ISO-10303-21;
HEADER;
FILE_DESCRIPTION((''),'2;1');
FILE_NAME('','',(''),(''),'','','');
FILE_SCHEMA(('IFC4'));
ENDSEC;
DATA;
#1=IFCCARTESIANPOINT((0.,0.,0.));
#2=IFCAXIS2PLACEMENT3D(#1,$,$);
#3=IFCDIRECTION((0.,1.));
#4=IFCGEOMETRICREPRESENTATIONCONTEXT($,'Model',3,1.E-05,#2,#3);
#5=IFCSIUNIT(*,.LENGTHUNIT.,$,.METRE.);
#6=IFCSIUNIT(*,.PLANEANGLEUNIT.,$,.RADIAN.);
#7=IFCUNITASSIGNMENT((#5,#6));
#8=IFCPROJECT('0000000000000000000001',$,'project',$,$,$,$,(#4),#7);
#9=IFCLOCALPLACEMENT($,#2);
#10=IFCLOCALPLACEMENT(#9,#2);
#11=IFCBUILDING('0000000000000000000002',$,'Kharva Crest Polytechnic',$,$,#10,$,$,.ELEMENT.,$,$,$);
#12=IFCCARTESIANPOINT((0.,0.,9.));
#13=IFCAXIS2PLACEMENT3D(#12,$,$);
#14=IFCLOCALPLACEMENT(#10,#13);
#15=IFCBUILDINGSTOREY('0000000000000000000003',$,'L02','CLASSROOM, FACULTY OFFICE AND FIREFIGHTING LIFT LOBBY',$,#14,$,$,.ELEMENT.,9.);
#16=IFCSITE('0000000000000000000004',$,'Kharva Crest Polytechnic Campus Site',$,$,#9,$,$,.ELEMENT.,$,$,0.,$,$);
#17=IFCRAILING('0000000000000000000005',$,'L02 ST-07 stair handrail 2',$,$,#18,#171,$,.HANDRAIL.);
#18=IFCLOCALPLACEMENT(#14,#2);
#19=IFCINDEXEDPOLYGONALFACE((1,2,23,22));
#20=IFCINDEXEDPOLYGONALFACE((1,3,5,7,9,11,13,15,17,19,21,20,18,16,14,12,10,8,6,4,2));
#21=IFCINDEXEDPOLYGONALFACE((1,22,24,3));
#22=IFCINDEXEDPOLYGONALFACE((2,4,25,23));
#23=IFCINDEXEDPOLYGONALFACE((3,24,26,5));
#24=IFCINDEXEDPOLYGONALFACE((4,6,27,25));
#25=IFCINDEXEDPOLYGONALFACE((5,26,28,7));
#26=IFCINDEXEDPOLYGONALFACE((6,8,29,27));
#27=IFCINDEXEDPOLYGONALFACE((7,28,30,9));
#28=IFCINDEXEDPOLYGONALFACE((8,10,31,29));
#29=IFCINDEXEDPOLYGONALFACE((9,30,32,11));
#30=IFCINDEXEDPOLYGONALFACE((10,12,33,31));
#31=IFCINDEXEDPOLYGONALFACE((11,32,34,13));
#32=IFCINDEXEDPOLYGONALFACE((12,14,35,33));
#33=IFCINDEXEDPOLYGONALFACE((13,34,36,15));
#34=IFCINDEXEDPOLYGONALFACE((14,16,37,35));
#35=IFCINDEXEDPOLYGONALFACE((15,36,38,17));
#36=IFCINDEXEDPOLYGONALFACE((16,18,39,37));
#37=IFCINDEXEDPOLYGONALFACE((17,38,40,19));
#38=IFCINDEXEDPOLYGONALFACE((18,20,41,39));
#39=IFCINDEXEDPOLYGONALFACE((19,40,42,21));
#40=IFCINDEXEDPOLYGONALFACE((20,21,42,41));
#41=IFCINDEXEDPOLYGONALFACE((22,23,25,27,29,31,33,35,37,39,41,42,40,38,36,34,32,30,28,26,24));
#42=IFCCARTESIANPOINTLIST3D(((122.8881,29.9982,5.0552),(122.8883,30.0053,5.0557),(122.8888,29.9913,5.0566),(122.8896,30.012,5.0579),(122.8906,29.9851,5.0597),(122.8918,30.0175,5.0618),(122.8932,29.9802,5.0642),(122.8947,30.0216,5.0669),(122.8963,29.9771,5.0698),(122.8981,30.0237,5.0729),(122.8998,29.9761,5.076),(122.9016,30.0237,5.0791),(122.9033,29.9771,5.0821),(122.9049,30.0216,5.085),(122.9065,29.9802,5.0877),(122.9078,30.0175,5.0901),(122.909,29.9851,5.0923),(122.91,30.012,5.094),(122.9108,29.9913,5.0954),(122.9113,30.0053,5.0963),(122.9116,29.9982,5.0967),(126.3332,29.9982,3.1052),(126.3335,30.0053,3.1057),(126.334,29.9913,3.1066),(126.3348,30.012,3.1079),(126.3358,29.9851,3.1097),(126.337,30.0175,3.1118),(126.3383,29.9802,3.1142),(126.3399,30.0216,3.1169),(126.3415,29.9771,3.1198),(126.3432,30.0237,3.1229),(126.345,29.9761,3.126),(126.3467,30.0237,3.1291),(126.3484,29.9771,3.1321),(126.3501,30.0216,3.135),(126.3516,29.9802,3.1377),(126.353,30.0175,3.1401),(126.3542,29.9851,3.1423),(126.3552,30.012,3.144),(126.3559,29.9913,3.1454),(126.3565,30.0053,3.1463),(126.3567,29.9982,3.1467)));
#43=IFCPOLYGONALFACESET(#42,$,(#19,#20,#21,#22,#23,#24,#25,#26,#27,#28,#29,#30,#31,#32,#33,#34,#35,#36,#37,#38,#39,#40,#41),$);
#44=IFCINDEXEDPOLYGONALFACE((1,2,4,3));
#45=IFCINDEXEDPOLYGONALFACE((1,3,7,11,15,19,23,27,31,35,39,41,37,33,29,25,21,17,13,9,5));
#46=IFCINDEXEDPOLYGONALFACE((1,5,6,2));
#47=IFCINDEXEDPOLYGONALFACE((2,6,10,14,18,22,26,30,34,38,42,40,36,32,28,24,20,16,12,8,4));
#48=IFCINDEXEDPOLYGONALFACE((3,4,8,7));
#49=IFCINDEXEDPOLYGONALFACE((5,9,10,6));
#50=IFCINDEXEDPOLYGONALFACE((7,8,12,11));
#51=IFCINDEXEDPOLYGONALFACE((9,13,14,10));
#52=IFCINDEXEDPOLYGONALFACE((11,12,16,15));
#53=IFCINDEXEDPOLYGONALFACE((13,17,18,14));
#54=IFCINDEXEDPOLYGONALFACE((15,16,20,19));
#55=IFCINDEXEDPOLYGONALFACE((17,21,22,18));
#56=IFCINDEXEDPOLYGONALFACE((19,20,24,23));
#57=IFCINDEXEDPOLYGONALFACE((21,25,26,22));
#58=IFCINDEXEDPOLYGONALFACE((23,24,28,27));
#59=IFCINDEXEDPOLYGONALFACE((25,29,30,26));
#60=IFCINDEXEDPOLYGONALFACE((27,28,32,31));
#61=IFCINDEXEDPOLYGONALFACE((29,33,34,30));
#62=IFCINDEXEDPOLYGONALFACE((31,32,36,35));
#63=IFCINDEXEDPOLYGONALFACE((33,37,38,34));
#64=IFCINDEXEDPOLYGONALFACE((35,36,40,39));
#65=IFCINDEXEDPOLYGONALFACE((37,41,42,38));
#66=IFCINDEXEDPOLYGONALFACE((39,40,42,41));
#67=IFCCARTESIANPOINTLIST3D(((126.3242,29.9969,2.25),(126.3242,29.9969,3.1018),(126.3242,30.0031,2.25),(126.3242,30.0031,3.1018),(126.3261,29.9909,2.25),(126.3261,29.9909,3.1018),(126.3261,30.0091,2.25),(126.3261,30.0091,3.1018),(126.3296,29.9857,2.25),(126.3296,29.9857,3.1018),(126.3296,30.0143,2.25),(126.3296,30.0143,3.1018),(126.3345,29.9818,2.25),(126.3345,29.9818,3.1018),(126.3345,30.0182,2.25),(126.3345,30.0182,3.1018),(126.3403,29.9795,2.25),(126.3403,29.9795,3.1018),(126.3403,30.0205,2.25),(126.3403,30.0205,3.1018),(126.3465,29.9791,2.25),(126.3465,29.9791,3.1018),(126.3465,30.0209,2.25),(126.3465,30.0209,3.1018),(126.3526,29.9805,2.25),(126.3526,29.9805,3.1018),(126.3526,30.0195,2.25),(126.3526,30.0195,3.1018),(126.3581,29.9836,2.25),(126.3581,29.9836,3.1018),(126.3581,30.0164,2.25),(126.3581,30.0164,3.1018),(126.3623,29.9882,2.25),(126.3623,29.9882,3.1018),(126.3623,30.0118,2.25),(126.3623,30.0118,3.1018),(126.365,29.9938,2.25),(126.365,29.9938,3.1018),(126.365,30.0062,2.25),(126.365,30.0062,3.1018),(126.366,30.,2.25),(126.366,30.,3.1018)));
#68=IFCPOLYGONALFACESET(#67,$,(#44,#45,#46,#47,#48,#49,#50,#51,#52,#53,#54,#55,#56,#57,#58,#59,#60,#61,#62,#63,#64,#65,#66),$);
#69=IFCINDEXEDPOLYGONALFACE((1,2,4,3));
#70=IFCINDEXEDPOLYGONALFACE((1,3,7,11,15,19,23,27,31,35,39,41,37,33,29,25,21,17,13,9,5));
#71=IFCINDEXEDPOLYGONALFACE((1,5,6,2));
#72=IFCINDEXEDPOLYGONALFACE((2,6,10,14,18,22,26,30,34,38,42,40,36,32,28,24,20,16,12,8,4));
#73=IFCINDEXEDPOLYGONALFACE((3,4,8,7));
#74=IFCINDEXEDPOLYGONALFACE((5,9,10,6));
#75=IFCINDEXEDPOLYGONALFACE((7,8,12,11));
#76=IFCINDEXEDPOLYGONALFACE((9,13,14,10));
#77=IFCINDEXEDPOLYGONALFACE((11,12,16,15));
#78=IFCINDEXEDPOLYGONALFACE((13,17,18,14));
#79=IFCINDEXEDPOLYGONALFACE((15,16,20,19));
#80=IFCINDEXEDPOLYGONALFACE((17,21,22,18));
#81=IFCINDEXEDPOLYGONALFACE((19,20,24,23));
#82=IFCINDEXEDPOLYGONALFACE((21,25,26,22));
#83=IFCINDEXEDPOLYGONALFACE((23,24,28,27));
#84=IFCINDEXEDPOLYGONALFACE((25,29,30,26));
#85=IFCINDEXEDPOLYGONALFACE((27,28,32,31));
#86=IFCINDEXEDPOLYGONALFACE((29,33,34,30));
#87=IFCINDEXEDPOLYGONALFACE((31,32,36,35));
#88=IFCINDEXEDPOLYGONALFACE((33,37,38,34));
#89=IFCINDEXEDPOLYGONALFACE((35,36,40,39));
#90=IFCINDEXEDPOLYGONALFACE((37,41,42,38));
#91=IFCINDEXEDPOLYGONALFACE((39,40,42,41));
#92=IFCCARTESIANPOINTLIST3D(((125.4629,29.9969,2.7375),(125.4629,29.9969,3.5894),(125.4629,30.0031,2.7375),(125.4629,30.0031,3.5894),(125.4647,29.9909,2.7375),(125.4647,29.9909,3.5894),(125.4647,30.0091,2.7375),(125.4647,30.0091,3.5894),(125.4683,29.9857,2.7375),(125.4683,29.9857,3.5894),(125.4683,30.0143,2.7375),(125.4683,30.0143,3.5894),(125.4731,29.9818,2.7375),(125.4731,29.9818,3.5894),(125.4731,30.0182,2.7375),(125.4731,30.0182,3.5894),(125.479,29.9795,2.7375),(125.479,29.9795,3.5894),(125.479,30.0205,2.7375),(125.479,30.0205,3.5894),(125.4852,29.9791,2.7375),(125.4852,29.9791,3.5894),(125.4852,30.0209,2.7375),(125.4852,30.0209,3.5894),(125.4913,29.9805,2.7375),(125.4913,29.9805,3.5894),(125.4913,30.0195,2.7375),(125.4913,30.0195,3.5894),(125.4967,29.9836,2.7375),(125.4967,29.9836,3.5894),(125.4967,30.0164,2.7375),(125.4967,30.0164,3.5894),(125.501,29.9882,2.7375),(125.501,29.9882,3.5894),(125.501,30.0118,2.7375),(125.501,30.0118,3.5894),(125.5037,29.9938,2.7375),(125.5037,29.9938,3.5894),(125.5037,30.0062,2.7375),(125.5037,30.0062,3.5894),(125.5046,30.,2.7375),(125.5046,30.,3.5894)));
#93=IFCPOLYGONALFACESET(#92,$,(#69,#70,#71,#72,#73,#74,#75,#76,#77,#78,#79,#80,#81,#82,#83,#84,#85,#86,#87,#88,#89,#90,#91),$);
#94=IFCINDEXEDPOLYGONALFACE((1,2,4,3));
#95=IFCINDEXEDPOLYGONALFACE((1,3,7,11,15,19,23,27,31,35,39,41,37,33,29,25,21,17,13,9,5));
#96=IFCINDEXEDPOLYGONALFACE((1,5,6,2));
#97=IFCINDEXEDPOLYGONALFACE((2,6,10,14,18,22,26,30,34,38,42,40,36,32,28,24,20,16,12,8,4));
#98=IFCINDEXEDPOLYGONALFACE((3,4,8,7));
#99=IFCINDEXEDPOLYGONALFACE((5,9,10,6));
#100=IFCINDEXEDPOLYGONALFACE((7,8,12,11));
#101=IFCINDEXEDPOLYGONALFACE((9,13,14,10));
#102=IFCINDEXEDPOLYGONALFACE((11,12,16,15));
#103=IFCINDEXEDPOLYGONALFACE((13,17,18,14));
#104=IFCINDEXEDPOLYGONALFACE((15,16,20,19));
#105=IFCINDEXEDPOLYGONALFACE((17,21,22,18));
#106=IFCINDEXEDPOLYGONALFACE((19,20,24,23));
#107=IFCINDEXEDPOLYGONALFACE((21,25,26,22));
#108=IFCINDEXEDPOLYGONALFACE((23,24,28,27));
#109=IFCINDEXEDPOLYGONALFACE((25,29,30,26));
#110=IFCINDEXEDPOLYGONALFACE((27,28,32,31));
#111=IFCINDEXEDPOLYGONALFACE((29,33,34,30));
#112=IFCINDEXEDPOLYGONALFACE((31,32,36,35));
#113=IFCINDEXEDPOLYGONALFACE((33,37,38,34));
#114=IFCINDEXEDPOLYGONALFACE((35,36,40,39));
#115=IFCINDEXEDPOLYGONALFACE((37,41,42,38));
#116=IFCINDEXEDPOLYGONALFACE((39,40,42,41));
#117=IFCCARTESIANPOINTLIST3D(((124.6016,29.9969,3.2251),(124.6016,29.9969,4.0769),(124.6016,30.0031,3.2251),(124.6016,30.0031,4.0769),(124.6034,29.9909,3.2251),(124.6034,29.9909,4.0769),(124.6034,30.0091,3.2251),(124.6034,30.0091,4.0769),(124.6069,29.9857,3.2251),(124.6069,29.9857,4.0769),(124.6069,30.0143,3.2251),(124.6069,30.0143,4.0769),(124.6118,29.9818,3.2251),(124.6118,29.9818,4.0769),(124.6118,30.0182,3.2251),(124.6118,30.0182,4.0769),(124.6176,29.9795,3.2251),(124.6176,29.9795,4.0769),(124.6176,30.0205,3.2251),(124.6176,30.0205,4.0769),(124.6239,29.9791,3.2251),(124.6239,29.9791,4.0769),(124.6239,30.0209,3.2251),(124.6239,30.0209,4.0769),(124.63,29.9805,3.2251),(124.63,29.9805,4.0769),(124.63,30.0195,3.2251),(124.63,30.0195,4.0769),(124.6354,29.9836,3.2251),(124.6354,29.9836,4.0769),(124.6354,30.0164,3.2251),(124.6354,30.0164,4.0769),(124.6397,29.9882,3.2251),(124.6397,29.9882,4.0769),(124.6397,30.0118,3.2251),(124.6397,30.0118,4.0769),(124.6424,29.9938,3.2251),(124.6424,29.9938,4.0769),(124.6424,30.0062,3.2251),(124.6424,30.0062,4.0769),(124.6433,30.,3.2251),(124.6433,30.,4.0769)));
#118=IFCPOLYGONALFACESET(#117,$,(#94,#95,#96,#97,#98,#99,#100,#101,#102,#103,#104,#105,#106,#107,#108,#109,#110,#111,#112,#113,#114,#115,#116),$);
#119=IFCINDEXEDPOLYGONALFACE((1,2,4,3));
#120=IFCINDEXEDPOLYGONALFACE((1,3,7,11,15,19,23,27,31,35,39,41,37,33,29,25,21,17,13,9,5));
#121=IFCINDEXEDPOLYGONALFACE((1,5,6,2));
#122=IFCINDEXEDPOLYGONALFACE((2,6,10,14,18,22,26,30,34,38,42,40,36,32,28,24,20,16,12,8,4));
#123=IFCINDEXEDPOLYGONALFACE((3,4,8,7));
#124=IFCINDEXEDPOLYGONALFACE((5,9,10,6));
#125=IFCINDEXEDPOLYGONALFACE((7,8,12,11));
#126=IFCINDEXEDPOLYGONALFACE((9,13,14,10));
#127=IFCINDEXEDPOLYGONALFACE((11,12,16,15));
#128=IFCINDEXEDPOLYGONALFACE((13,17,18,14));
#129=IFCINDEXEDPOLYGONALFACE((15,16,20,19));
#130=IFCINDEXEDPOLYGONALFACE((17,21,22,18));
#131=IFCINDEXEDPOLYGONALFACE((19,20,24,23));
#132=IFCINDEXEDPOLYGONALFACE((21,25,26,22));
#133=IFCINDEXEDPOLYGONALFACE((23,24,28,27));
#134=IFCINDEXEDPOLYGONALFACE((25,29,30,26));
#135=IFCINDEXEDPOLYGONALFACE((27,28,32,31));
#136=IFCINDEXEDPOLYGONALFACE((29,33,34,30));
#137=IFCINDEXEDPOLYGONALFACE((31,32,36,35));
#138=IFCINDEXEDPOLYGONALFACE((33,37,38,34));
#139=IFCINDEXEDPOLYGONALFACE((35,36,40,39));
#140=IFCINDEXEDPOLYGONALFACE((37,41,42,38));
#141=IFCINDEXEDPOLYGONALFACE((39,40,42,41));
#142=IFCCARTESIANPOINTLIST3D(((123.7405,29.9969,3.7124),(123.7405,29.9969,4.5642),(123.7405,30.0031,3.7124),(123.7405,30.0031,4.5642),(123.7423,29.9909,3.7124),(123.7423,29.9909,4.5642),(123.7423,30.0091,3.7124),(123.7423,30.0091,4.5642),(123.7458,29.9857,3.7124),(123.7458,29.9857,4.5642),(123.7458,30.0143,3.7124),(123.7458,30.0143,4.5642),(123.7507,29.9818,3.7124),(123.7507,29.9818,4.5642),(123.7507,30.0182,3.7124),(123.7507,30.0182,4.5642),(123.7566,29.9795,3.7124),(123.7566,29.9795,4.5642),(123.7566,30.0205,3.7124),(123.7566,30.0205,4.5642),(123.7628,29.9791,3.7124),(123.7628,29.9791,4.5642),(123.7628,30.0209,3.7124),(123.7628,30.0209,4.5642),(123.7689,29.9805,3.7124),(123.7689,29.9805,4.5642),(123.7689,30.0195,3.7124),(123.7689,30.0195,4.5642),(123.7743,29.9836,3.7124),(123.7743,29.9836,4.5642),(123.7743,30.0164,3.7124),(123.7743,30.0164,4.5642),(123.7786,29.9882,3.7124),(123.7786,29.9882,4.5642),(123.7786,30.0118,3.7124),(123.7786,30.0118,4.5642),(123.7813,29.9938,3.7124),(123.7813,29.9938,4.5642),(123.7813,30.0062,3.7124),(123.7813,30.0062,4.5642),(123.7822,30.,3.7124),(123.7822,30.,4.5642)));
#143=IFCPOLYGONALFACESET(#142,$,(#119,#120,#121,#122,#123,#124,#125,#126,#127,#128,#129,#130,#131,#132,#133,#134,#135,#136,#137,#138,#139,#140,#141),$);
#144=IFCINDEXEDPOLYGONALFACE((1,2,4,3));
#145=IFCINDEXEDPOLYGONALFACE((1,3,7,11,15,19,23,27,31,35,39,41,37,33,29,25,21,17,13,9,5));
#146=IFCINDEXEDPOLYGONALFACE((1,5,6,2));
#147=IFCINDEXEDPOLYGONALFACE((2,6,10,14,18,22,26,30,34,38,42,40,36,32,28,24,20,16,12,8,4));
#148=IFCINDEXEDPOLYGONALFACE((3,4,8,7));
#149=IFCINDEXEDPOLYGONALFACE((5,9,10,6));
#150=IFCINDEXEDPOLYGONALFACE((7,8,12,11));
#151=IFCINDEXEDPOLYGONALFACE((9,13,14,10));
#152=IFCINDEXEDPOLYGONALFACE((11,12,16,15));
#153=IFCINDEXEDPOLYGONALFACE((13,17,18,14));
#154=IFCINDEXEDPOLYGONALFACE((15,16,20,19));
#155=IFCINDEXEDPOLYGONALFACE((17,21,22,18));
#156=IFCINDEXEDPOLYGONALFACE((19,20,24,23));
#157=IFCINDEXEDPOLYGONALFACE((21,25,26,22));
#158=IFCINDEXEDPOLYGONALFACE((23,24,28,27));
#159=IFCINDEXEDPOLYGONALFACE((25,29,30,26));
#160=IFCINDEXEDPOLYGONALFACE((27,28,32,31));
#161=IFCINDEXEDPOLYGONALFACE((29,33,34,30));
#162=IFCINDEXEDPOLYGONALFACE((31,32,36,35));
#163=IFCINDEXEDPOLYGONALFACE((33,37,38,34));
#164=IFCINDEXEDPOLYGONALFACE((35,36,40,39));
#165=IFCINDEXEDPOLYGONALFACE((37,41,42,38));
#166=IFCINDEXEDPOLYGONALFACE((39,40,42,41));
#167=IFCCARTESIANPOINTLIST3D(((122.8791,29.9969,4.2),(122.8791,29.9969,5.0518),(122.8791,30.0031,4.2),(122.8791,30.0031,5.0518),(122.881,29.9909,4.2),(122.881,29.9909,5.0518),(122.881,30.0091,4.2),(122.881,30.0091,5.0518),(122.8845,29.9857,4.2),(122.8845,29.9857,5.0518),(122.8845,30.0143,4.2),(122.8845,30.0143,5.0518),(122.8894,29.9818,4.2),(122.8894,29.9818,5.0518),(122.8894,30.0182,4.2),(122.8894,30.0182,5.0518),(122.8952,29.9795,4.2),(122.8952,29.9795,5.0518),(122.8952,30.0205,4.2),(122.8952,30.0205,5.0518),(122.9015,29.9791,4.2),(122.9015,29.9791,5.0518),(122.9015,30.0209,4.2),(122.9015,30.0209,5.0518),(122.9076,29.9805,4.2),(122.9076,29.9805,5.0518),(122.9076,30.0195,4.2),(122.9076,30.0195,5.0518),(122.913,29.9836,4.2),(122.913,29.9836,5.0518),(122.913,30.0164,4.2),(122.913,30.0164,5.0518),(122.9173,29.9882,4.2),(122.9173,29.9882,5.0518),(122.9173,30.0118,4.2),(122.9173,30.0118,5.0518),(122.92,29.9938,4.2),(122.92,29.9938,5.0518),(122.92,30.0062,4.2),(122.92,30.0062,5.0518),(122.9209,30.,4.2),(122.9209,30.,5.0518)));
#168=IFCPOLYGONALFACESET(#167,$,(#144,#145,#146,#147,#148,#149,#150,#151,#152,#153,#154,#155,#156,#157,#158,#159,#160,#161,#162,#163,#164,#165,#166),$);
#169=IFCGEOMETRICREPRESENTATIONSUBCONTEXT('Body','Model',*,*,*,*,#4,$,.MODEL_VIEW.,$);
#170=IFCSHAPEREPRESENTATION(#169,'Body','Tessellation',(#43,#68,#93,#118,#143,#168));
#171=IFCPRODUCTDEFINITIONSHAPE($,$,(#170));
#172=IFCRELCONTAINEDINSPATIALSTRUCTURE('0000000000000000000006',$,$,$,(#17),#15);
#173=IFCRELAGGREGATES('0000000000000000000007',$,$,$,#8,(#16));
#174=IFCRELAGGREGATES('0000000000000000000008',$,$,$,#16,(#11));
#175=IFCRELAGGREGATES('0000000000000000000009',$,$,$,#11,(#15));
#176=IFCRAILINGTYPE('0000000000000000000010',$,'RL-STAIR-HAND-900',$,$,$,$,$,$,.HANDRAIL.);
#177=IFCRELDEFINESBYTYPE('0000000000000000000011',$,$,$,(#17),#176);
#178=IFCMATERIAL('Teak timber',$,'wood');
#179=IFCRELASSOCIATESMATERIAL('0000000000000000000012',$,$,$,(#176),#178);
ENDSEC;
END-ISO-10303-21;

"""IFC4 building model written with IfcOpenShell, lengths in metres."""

from ifc_helpers import new_model, si_unit, direction, frame, origin, origin_2d, place, context, subcontext, project, spatial, circle, extrude, material, type_object, element, save


model = new_model("IFC4")

# Units and contexts
model_context = context("Model", 3, precision=1e-05, world=origin(), true_north=direction((0.0, 1.0)))
body_context = subcontext(model_context, "Body", "Model", "MODEL_VIEW")
ifc_project = project(units=[si_unit("LENGTHUNIT", "METRE"), si_unit("PLANEANGLEUNIT", "RADIAN")], contexts=[model_context])

# Site, building, storey
site_placement = place(None, origin())
site = spatial("IfcSite", under=ifc_project, at=site_placement, Name="Kharva Crest Polytechnic Campus Site", CompositionType="ELEMENT", RefElevation=0.0)
building_placement = place(site_placement, origin())
building = spatial("IfcBuilding", under=site, at=building_placement, Name="Kharva Crest Polytechnic", CompositionType="ELEMENT")
storey_placement = place(building_placement, frame((0.0, 0.0, 9.0)))
storey = spatial("IfcBuildingStorey", under=building, at=storey_placement, Name="L02", Description="CLASSROOM, FACULTY OFFICE AND FIREFIGHTING LIFT LOBBY", CompositionType="ELEMENT", Elevation=9.0)

# Railing
ifc_material_1 = material(Name="Teak timber", Category="wood")
railing_type_1 = type_object("IfcRailingType", Name="RL-STAIR-HAND-900", PredefinedType="HANDRAIL", material=ifc_material_1)
railing_1_placement = place(storey_placement, frame((126.345, 30.0, 2.25)))
element("IfcRailing", 1, at=railing_1_placement, inside=storey, type_object=railing_type_1, Name="L02 ST-07 stair handrail 2", PredefinedType="HANDRAIL", context=body_context, shape_type="SweptSolid", body=[
    extrude(circle(Radius=0.0239, at=origin_2d()), frame((0.0, 0.0, 0.876), z_axis=(-0.870266, 0.0, 0.492581), x_axis=(0.0, -1.0, 0.0)), (0.0, 0.0, 1.0), 3.9587),
    extrude(circle(Radius=0.021, at=origin_2d()), origin(), (0.0, 0.0, 1.0), 0.8518),
    extrude(circle(Radius=0.021, at=origin_2d()), frame((-0.8613, 0.0, 0.4875)), (0.0, 0.0, 1.0), 0.8518),
    extrude(circle(Radius=0.021, at=origin_2d()), frame((-1.7227, 0.0, 0.9751)), (0.0, 0.0, 1.0), 0.8518),
    extrude(circle(Radius=0.021, at=origin_2d()), frame((-2.5837, 0.0, 1.4624)), (0.0, 0.0, 1.0), 0.8518),
    extrude(circle(Radius=0.021, at=origin_2d()), frame((-3.4451, 0.0, 1.95)), (0.0, 0.0, 1.0), 0.8518),
])

save(model, "model.ifc")
